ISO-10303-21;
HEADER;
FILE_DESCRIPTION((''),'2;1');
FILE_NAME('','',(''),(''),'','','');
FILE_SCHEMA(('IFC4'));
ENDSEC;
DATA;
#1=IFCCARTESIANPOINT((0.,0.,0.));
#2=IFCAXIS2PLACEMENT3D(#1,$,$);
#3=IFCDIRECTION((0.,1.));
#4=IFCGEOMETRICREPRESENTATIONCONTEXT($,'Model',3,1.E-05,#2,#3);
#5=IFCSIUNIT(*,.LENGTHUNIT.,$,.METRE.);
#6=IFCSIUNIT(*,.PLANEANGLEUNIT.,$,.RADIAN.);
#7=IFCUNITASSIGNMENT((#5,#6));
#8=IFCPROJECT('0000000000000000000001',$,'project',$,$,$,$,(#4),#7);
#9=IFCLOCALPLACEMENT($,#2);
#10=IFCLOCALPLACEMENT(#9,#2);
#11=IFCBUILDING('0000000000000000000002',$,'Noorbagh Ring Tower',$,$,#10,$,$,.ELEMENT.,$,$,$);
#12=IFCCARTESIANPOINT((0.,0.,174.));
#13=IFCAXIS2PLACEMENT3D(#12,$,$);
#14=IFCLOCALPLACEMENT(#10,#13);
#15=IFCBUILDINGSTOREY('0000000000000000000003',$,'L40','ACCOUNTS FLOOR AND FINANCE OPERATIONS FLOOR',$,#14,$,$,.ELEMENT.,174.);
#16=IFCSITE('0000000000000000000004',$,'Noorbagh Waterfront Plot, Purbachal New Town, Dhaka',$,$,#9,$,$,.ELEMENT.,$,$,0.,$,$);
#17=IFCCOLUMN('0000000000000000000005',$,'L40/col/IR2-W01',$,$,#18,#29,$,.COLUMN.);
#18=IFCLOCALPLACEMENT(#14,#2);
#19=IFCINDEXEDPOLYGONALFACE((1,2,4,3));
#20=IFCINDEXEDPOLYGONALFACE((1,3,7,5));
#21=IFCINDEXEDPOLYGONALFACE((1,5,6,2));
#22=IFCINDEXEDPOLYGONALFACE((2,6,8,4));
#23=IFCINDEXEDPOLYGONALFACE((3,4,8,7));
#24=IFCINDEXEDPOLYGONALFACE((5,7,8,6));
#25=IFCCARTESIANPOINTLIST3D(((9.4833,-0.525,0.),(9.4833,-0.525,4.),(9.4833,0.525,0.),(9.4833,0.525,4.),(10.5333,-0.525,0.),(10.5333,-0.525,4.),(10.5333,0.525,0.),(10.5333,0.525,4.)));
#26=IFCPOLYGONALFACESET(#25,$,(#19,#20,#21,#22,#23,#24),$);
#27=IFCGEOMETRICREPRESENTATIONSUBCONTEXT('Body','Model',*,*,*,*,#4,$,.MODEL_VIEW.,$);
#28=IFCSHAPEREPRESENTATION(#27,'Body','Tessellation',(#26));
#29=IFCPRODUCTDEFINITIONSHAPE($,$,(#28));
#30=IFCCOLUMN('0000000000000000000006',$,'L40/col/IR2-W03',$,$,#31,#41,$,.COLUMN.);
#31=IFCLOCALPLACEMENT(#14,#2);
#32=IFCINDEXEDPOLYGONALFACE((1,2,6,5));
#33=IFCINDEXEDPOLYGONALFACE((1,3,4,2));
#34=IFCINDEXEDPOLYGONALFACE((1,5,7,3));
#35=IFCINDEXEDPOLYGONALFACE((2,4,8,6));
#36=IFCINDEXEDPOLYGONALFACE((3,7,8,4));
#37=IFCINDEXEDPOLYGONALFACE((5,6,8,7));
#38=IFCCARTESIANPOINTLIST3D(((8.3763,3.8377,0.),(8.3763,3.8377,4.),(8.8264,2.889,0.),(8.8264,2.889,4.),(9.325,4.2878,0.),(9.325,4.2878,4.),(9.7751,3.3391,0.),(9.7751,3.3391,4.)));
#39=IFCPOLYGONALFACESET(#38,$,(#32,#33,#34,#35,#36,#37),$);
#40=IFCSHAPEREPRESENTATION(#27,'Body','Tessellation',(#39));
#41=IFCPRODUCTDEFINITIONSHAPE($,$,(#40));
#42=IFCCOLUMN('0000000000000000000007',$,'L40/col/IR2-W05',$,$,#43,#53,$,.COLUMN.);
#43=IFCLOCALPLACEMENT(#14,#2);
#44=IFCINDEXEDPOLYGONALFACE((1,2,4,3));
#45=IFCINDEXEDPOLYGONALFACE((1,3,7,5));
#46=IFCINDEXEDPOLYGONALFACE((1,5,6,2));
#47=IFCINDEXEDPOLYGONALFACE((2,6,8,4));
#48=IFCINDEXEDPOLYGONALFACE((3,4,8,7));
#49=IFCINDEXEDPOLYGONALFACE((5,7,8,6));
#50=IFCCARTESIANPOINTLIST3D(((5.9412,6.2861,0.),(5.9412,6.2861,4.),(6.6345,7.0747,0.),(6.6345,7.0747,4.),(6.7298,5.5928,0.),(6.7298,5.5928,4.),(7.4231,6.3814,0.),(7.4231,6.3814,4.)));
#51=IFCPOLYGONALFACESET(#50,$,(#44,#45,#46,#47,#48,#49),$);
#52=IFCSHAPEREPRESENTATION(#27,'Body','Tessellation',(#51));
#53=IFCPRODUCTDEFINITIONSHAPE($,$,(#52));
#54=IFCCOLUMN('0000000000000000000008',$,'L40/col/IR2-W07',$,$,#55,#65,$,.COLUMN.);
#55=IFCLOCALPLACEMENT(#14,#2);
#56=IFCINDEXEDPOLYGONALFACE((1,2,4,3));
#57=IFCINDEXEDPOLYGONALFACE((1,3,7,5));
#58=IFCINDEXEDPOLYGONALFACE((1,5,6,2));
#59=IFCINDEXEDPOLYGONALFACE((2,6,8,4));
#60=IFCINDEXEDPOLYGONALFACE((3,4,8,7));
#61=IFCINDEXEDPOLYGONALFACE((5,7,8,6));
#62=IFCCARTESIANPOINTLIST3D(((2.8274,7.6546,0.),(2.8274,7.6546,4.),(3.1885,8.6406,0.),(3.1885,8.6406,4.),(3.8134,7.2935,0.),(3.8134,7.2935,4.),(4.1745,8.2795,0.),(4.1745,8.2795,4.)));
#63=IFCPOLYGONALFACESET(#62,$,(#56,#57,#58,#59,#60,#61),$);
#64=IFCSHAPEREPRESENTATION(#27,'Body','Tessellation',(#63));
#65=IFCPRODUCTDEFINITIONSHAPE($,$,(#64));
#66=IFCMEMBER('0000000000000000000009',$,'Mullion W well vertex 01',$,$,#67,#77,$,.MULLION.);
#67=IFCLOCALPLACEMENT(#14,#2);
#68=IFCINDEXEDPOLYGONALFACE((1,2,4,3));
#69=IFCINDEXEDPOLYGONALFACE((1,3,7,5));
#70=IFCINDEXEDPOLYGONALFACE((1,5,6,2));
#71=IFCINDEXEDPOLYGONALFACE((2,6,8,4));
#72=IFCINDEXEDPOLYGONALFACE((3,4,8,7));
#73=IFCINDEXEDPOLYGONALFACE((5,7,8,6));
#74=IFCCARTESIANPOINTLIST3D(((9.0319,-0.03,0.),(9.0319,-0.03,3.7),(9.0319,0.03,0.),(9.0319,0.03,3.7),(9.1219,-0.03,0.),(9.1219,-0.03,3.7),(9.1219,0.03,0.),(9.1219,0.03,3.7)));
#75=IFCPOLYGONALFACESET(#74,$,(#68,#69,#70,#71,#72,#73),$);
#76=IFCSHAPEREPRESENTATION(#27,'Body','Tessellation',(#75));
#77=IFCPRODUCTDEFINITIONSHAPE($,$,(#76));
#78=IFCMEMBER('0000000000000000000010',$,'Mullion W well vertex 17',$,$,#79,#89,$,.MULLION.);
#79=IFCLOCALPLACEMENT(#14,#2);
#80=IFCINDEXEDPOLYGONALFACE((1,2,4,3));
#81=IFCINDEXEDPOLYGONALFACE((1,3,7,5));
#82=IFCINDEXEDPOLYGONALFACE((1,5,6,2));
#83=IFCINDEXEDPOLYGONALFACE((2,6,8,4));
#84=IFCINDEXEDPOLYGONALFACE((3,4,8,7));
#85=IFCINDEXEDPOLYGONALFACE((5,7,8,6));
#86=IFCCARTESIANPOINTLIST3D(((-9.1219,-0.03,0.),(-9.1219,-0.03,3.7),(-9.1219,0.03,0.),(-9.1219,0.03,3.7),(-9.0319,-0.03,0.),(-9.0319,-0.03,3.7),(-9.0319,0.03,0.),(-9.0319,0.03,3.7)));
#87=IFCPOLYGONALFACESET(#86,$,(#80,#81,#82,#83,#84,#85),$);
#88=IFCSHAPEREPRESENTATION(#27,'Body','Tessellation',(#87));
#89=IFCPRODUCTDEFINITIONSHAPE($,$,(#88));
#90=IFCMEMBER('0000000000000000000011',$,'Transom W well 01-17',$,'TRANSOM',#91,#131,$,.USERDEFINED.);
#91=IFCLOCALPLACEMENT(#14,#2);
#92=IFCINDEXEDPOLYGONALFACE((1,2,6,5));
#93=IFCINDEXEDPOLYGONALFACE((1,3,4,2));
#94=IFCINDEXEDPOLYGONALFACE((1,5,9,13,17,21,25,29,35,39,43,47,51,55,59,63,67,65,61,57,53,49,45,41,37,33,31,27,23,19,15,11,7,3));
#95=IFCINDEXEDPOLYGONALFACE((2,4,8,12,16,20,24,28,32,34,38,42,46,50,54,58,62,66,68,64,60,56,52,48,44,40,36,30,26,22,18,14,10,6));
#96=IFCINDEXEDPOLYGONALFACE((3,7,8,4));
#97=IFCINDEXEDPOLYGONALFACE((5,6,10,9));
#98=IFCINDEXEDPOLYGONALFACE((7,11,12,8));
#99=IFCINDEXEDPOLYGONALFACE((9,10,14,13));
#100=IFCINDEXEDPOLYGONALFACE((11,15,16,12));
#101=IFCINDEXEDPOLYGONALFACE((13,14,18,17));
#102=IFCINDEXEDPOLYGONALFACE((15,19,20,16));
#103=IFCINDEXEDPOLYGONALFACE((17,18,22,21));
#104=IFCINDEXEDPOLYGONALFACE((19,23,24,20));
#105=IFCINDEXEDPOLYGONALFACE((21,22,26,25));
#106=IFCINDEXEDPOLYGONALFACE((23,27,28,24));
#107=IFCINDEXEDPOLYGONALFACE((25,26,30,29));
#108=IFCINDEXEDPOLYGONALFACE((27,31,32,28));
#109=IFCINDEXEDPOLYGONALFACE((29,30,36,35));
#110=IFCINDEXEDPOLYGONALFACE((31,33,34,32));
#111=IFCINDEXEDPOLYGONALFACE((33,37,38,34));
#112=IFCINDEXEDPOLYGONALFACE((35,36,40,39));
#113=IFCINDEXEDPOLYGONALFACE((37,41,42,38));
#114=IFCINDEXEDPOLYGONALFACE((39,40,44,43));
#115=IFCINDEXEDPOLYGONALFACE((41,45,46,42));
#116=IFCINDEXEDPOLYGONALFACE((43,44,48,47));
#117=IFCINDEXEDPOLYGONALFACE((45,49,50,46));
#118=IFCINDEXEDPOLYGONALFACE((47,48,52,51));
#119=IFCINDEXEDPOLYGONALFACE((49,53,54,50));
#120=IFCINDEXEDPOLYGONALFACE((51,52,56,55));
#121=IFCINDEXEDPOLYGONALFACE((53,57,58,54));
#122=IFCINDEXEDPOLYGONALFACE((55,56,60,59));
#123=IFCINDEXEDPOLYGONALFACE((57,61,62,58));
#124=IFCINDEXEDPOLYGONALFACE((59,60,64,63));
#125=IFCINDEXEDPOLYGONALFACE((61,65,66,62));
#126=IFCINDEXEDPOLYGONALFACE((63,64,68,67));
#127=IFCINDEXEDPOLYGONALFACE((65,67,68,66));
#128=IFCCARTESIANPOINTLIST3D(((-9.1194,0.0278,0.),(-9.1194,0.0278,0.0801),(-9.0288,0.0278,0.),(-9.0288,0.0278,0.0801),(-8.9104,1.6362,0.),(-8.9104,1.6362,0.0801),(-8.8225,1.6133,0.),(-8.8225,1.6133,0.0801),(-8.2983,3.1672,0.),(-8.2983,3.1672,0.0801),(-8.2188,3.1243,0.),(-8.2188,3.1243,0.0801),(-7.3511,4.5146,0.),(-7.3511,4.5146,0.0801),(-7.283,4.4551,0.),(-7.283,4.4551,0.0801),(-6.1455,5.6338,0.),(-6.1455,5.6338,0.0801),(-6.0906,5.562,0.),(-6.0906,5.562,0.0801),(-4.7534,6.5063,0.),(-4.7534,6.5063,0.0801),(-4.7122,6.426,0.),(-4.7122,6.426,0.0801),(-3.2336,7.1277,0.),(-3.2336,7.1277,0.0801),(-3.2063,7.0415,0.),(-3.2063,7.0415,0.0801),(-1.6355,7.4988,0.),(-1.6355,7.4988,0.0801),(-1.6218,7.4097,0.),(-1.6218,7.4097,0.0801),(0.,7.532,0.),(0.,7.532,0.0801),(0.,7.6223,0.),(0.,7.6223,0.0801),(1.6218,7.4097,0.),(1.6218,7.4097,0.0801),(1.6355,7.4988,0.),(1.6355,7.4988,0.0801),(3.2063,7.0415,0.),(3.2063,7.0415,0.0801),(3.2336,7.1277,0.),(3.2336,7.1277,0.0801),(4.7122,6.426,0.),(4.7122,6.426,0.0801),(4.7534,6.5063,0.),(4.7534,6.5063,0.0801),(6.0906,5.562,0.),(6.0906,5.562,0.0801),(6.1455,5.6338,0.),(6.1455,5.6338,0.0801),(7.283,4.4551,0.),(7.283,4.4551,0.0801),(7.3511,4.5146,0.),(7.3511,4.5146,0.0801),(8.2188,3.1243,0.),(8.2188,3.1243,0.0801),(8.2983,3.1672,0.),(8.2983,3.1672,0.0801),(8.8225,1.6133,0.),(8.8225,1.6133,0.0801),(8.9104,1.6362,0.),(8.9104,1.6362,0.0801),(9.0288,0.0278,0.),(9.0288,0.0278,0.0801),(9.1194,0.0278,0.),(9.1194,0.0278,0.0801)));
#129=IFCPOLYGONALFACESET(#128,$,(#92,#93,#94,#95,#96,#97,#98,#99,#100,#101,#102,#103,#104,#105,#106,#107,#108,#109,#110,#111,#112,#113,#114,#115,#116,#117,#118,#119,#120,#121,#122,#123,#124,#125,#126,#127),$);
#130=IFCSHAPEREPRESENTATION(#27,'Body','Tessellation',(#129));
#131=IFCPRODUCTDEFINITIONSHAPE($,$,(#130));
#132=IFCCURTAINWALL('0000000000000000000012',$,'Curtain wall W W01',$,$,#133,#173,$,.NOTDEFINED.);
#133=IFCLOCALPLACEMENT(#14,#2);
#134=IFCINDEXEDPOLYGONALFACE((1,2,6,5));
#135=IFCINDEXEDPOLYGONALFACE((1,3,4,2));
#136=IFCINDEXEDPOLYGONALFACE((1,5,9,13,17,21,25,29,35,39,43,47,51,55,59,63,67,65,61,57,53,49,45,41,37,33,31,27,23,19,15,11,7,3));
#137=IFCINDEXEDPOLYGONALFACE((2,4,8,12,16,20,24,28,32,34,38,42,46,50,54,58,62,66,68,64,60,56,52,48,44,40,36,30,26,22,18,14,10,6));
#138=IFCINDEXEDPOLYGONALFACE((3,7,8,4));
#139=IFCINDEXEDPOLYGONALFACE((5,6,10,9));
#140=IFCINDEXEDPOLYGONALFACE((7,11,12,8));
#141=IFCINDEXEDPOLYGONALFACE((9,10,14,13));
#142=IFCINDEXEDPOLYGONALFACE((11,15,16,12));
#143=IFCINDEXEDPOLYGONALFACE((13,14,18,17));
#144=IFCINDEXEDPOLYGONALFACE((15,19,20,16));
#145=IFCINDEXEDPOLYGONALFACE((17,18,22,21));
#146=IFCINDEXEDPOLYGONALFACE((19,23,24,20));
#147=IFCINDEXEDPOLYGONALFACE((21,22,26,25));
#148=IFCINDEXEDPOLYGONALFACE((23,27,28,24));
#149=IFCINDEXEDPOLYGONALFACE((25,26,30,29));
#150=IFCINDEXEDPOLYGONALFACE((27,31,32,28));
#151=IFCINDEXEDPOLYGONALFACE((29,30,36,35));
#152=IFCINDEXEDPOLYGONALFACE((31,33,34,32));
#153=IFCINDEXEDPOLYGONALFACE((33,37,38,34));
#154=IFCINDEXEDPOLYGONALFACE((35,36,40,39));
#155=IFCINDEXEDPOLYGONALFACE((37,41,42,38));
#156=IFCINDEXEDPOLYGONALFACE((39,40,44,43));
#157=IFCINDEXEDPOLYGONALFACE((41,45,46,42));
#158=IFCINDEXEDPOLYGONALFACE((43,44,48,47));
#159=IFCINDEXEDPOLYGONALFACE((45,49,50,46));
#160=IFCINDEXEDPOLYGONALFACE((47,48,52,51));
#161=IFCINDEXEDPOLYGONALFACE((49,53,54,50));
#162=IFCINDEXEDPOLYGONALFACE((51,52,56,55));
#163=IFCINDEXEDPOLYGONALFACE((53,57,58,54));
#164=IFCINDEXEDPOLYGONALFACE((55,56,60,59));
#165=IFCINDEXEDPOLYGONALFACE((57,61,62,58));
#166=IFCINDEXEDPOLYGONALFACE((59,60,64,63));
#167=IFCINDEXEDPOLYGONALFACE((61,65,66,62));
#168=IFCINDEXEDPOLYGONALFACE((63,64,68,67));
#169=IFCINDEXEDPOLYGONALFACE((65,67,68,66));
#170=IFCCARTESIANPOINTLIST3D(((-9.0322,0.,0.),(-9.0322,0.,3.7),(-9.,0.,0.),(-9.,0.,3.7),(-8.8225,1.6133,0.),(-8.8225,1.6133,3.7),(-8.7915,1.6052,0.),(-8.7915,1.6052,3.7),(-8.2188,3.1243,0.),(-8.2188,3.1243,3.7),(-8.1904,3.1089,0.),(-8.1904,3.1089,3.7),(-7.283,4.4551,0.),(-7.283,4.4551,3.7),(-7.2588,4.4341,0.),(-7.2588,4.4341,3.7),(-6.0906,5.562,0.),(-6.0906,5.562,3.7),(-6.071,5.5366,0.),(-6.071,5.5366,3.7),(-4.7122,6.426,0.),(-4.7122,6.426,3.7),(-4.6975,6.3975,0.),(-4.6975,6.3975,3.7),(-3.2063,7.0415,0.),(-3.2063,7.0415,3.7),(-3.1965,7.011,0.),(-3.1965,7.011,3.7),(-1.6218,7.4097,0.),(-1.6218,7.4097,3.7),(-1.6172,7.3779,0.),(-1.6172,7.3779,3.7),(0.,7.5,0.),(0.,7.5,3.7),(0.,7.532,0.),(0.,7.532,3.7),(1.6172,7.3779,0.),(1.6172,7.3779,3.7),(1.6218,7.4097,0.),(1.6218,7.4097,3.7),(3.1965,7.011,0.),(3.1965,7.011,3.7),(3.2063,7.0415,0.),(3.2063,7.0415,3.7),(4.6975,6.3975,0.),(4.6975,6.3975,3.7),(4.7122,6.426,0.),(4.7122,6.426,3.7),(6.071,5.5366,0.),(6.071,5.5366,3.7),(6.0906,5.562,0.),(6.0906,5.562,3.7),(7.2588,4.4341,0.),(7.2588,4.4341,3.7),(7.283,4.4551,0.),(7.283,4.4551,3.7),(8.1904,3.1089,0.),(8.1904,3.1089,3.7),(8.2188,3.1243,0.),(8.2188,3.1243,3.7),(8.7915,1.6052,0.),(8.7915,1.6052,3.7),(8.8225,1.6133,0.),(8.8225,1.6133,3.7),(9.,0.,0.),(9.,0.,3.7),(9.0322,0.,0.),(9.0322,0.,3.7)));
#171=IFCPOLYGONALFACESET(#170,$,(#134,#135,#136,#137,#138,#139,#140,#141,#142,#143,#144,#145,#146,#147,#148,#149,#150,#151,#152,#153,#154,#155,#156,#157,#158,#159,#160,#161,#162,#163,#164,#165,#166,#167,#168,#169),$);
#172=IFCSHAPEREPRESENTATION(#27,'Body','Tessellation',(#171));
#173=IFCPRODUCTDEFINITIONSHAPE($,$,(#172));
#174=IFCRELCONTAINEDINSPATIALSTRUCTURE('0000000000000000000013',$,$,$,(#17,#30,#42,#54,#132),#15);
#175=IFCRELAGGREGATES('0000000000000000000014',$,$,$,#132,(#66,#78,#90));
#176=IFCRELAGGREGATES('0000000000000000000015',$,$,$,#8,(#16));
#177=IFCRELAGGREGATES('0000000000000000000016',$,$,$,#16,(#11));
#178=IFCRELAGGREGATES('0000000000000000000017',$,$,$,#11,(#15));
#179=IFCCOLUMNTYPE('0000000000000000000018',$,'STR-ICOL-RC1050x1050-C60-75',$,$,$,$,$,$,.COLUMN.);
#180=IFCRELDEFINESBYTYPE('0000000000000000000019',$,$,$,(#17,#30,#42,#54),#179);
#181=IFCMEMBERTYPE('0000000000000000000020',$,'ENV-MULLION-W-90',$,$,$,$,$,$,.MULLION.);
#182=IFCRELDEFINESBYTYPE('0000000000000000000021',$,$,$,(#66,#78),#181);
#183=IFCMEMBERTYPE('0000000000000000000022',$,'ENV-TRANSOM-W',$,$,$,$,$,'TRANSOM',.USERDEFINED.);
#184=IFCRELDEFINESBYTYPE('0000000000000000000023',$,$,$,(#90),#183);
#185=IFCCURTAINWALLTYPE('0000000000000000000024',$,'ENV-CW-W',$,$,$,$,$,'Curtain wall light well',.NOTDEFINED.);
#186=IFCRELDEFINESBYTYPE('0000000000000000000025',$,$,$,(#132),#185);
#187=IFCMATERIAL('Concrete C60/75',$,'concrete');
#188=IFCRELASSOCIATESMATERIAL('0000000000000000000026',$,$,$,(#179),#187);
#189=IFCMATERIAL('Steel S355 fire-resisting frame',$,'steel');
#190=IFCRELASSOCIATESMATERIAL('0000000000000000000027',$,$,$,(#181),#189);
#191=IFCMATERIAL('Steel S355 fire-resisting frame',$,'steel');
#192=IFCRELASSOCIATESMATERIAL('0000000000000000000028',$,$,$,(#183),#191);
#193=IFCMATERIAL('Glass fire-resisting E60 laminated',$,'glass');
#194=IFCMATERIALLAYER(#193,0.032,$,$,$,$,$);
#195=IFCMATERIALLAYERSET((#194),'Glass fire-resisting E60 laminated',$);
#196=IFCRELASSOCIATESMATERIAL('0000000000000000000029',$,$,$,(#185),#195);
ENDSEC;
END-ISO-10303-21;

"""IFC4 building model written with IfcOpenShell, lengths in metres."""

from ifc_helpers import new_model, si_unit, direction, frame, origin, origin_2d, place, context, subcontext, project, spatial, polyline, rectangle, outline, extrude, material, layer, layer_set, material_profile, profile_set, type_object, element, aggregate, save


model = new_model("IFC4")

# Units and contexts
model_context = context("Model", 3, precision=1e-05, world=origin(), true_north=direction((0.0, 1.0)))
body_context = subcontext(model_context, "Body", "Model", "MODEL_VIEW")
ifc_project = project(units=[si_unit("LENGTHUNIT", "METRE"), si_unit("PLANEANGLEUNIT", "RADIAN")], contexts=[model_context])

# Site, building, storey
site_placement = place(None, origin())
site = spatial("IfcSite", under=ifc_project, at=site_placement, Name="Noorbagh Waterfront Plot, Purbachal New Town, Dhaka", CompositionType="ELEMENT", RefElevation=0.0)
building_placement = place(site_placement, origin())
building = spatial("IfcBuilding", under=site, at=building_placement, Name="Noorbagh Ring Tower", CompositionType="ELEMENT")
storey_placement = place(building_placement, frame((0.0, 0.0, 174.0)))
storey = spatial("IfcBuildingStorey", under=building, at=storey_placement, Name="L40", Description="ACCOUNTS FLOOR AND FINANCE OPERATIONS FLOOR", CompositionType="ELEMENT", Elevation=174.0)

# Columns
ifc_material_1 = material(Name="Concrete C60/75", Category="concrete")
ifc_material_profile_1 = material_profile(ifc_material_1, rectangle(XDim=1.05, YDim=1.05, at=origin_2d()), Name="RC1050x1050")
ifc_profile_set_1 = profile_set([ifc_material_profile_1], Name="Concrete C60/75")
column_type = type_object("IfcColumnType", Name="STR-ICOL-RC1050x1050-C60-75", PredefinedType="COLUMN", material=ifc_profile_set_1)
for number, where, z_axis, x_axis, name in (
    (1, (10.0083, 0.0, 0.0), (0.0, 0.0, 1.0), (0.0, 1.0, 0.0), "L40/col/IR2-W01"),
    (2, (9.0757, 3.5884, 0.0), (0.0, 0.0, 1.0), (-0.428667, 0.903463, 0.0), "L40/col/IR2-W03"),
    (3, (6.6821, 6.3337, 0.0), (0.0, 0.0, 1.0), (-0.751022, 0.660277, 0.0), "L40/col/IR2-W05"),
    (4, (3.501, 7.967, 0.0), (0.0, 0.0, 1.0), (-0.93902, 0.343864, 0.0), "L40/col/IR2-W07"),
):
    element("IfcColumn", number, at=place(storey_placement, frame(where, z_axis=z_axis, x_axis=x_axis)), inside=storey, type_object=column_type, Name=name, PredefinedType="COLUMN", context=body_context, shape_type="SweptSolid", body=[
        extrude(rectangle(XDim=1.05, YDim=1.05, at=origin_2d()), origin(), (0.0, 0.0, 1.0), 4.0),
    ])

# Members
ifc_material_2 = material(Name="Steel S355 fire-resisting frame", Category="steel")
ifc_material_profile_2 = material_profile(ifc_material_2, rectangle(XDim=0.0901, YDim=0.0601, at=origin_2d()), Name="90x60")
ifc_profile_set_2 = profile_set([ifc_material_profile_2], Name="Steel S355 fire-resisting frame")
member_type_1 = type_object("IfcMemberType", Name="ENV-MULLION-W-90", PredefinedType="MULLION", material=ifc_profile_set_2)
member_1_placement = place(storey_placement, frame((9.0769, 0.0, 0.0), z_axis=(0.0, 0.0, 1.0), x_axis=(1.0, 0.0, 0.0)))
member_1 = element("IfcMember", 5, at=member_1_placement, type_object=member_type_1, Name="Mullion W well vertex 01", PredefinedType="MULLION", context=body_context, shape_type="SweptSolid", body=[
    extrude(rectangle(XDim=0.0901, YDim=0.0601, at=origin_2d()), origin(), (0.0, 0.0, 1.0), 3.7),
])
member_2_placement = place(storey_placement, frame((-9.0769, 0.0, 0.0), z_axis=(0.0, 0.0, 1.0), x_axis=(-1.0, 0.0, 0.0)))
member_2 = element("IfcMember", 6, at=member_2_placement, type_object=member_type_1, Name="Mullion W well vertex 17", PredefinedType="MULLION", context=body_context, shape_type="SweptSolid", body=[
    extrude(rectangle(XDim=0.0901, YDim=0.0601, at=origin_2d()), origin(), (0.0, 0.0, 1.0), 3.7),
])
ifc_material_3 = material(Name="Steel S355 fire-resisting frame", Category="steel")
member_type_2 = type_object("IfcMemberType", Name="ENV-TRANSOM-W", ElementType="TRANSOM", PredefinedType="USERDEFINED", material=ifc_material_3)
member_3_placement = place(storey_placement, origin())
member_3 = element("IfcMember", 7, at=member_3_placement, type_object=member_type_2, Name="Transom W well 01-17", ObjectType="TRANSOM", PredefinedType="USERDEFINED", context=body_context, shape_type="SweptSolid", body=[
    extrude(outline(polyline([(9.1194, 0.0278), (8.9104, 1.6362), (8.2983, 3.1672), (7.3511, 4.5146), (6.1455, 5.6338), (4.7534, 6.5063), (3.2336, 7.1277), (1.6355, 7.4988), (0.0, 7.6223), (-1.6355, 7.4988), (-3.2336, 7.1277), (-4.7534, 6.5063), (-6.1455, 5.6338), (-7.3511, 4.5146), (-8.2983, 3.1672), (-8.9104, 1.6362), (-9.1194, 0.0278), (-9.0288, 0.0278), (-8.8225, 1.6133), (-8.2188, 3.1243), (-7.283, 4.4551), (-6.0906, 5.562), (-4.7122, 6.426), (-3.2063, 7.0415), (-1.6218, 7.4097), (0.0, 7.532), (1.6218, 7.4097), (3.2063, 7.0415), (4.7122, 6.426), (6.0906, 5.562), (7.283, 4.4551), (8.2188, 3.1243), (8.8225, 1.6133), (9.0288, 0.0278), (9.1194, 0.0278)])), origin(), (0.0, 0.0, 1.0), 0.0801),
])

# Curtain wall
ifc_material_4 = material(Name="Glass fire-resisting E60 laminated", Category="glass")
ifc_layer_1 = layer(ifc_material_4, 0.032)
ifc_layer_set_1 = layer_set([ifc_layer_1], Name="Glass fire-resisting E60 laminated")
curtain_wall_type = type_object("IfcCurtainWallType", Name="ENV-CW-W", ElementType="Curtain wall light well", PredefinedType="NOTDEFINED", material=ifc_layer_set_1)
curtain_wall_1_placement = place(storey_placement, origin())
curtain_wall_1 = element("IfcCurtainWall", 8, at=curtain_wall_1_placement, inside=storey, type_object=curtain_wall_type, Name="Curtain wall W W01", PredefinedType="NOTDEFINED", context=body_context, shape_type="SweptSolid", body=[
    extrude(outline(polyline([(9.0322, 0.0), (8.8225, 1.6133), (8.2188, 3.1243), (7.283, 4.4551), (6.0906, 5.562), (4.7122, 6.426), (3.2063, 7.0415), (1.6218, 7.4097), (0.0, 7.532), (-1.6218, 7.4097), (-3.2063, 7.0415), (-4.7122, 6.426), (-6.0906, 5.562), (-7.283, 4.4551), (-8.2188, 3.1243), (-8.8225, 1.6133), (-9.0322, 0.0), (-9.0, 0.0), (-8.7915, 1.6052), (-8.1904, 3.1089), (-7.2588, 4.4341), (-6.071, 5.5366), (-4.6975, 6.3975), (-3.1965, 7.011), (-1.6172, 7.3779), (0.0, 7.5), (1.6172, 7.3779), (3.1965, 7.011), (4.6975, 6.3975), (6.071, 5.5366), (7.2588, 4.4341), (8.1904, 3.1089), (8.7915, 1.6052), (9.0, 0.0), (9.0322, 0.0)])), origin(), (0.0, 0.0, 1.0), 3.7),
])
aggregate(curtain_wall_1, [member_1, member_2, member_3])

save(model, "model.ifc")
